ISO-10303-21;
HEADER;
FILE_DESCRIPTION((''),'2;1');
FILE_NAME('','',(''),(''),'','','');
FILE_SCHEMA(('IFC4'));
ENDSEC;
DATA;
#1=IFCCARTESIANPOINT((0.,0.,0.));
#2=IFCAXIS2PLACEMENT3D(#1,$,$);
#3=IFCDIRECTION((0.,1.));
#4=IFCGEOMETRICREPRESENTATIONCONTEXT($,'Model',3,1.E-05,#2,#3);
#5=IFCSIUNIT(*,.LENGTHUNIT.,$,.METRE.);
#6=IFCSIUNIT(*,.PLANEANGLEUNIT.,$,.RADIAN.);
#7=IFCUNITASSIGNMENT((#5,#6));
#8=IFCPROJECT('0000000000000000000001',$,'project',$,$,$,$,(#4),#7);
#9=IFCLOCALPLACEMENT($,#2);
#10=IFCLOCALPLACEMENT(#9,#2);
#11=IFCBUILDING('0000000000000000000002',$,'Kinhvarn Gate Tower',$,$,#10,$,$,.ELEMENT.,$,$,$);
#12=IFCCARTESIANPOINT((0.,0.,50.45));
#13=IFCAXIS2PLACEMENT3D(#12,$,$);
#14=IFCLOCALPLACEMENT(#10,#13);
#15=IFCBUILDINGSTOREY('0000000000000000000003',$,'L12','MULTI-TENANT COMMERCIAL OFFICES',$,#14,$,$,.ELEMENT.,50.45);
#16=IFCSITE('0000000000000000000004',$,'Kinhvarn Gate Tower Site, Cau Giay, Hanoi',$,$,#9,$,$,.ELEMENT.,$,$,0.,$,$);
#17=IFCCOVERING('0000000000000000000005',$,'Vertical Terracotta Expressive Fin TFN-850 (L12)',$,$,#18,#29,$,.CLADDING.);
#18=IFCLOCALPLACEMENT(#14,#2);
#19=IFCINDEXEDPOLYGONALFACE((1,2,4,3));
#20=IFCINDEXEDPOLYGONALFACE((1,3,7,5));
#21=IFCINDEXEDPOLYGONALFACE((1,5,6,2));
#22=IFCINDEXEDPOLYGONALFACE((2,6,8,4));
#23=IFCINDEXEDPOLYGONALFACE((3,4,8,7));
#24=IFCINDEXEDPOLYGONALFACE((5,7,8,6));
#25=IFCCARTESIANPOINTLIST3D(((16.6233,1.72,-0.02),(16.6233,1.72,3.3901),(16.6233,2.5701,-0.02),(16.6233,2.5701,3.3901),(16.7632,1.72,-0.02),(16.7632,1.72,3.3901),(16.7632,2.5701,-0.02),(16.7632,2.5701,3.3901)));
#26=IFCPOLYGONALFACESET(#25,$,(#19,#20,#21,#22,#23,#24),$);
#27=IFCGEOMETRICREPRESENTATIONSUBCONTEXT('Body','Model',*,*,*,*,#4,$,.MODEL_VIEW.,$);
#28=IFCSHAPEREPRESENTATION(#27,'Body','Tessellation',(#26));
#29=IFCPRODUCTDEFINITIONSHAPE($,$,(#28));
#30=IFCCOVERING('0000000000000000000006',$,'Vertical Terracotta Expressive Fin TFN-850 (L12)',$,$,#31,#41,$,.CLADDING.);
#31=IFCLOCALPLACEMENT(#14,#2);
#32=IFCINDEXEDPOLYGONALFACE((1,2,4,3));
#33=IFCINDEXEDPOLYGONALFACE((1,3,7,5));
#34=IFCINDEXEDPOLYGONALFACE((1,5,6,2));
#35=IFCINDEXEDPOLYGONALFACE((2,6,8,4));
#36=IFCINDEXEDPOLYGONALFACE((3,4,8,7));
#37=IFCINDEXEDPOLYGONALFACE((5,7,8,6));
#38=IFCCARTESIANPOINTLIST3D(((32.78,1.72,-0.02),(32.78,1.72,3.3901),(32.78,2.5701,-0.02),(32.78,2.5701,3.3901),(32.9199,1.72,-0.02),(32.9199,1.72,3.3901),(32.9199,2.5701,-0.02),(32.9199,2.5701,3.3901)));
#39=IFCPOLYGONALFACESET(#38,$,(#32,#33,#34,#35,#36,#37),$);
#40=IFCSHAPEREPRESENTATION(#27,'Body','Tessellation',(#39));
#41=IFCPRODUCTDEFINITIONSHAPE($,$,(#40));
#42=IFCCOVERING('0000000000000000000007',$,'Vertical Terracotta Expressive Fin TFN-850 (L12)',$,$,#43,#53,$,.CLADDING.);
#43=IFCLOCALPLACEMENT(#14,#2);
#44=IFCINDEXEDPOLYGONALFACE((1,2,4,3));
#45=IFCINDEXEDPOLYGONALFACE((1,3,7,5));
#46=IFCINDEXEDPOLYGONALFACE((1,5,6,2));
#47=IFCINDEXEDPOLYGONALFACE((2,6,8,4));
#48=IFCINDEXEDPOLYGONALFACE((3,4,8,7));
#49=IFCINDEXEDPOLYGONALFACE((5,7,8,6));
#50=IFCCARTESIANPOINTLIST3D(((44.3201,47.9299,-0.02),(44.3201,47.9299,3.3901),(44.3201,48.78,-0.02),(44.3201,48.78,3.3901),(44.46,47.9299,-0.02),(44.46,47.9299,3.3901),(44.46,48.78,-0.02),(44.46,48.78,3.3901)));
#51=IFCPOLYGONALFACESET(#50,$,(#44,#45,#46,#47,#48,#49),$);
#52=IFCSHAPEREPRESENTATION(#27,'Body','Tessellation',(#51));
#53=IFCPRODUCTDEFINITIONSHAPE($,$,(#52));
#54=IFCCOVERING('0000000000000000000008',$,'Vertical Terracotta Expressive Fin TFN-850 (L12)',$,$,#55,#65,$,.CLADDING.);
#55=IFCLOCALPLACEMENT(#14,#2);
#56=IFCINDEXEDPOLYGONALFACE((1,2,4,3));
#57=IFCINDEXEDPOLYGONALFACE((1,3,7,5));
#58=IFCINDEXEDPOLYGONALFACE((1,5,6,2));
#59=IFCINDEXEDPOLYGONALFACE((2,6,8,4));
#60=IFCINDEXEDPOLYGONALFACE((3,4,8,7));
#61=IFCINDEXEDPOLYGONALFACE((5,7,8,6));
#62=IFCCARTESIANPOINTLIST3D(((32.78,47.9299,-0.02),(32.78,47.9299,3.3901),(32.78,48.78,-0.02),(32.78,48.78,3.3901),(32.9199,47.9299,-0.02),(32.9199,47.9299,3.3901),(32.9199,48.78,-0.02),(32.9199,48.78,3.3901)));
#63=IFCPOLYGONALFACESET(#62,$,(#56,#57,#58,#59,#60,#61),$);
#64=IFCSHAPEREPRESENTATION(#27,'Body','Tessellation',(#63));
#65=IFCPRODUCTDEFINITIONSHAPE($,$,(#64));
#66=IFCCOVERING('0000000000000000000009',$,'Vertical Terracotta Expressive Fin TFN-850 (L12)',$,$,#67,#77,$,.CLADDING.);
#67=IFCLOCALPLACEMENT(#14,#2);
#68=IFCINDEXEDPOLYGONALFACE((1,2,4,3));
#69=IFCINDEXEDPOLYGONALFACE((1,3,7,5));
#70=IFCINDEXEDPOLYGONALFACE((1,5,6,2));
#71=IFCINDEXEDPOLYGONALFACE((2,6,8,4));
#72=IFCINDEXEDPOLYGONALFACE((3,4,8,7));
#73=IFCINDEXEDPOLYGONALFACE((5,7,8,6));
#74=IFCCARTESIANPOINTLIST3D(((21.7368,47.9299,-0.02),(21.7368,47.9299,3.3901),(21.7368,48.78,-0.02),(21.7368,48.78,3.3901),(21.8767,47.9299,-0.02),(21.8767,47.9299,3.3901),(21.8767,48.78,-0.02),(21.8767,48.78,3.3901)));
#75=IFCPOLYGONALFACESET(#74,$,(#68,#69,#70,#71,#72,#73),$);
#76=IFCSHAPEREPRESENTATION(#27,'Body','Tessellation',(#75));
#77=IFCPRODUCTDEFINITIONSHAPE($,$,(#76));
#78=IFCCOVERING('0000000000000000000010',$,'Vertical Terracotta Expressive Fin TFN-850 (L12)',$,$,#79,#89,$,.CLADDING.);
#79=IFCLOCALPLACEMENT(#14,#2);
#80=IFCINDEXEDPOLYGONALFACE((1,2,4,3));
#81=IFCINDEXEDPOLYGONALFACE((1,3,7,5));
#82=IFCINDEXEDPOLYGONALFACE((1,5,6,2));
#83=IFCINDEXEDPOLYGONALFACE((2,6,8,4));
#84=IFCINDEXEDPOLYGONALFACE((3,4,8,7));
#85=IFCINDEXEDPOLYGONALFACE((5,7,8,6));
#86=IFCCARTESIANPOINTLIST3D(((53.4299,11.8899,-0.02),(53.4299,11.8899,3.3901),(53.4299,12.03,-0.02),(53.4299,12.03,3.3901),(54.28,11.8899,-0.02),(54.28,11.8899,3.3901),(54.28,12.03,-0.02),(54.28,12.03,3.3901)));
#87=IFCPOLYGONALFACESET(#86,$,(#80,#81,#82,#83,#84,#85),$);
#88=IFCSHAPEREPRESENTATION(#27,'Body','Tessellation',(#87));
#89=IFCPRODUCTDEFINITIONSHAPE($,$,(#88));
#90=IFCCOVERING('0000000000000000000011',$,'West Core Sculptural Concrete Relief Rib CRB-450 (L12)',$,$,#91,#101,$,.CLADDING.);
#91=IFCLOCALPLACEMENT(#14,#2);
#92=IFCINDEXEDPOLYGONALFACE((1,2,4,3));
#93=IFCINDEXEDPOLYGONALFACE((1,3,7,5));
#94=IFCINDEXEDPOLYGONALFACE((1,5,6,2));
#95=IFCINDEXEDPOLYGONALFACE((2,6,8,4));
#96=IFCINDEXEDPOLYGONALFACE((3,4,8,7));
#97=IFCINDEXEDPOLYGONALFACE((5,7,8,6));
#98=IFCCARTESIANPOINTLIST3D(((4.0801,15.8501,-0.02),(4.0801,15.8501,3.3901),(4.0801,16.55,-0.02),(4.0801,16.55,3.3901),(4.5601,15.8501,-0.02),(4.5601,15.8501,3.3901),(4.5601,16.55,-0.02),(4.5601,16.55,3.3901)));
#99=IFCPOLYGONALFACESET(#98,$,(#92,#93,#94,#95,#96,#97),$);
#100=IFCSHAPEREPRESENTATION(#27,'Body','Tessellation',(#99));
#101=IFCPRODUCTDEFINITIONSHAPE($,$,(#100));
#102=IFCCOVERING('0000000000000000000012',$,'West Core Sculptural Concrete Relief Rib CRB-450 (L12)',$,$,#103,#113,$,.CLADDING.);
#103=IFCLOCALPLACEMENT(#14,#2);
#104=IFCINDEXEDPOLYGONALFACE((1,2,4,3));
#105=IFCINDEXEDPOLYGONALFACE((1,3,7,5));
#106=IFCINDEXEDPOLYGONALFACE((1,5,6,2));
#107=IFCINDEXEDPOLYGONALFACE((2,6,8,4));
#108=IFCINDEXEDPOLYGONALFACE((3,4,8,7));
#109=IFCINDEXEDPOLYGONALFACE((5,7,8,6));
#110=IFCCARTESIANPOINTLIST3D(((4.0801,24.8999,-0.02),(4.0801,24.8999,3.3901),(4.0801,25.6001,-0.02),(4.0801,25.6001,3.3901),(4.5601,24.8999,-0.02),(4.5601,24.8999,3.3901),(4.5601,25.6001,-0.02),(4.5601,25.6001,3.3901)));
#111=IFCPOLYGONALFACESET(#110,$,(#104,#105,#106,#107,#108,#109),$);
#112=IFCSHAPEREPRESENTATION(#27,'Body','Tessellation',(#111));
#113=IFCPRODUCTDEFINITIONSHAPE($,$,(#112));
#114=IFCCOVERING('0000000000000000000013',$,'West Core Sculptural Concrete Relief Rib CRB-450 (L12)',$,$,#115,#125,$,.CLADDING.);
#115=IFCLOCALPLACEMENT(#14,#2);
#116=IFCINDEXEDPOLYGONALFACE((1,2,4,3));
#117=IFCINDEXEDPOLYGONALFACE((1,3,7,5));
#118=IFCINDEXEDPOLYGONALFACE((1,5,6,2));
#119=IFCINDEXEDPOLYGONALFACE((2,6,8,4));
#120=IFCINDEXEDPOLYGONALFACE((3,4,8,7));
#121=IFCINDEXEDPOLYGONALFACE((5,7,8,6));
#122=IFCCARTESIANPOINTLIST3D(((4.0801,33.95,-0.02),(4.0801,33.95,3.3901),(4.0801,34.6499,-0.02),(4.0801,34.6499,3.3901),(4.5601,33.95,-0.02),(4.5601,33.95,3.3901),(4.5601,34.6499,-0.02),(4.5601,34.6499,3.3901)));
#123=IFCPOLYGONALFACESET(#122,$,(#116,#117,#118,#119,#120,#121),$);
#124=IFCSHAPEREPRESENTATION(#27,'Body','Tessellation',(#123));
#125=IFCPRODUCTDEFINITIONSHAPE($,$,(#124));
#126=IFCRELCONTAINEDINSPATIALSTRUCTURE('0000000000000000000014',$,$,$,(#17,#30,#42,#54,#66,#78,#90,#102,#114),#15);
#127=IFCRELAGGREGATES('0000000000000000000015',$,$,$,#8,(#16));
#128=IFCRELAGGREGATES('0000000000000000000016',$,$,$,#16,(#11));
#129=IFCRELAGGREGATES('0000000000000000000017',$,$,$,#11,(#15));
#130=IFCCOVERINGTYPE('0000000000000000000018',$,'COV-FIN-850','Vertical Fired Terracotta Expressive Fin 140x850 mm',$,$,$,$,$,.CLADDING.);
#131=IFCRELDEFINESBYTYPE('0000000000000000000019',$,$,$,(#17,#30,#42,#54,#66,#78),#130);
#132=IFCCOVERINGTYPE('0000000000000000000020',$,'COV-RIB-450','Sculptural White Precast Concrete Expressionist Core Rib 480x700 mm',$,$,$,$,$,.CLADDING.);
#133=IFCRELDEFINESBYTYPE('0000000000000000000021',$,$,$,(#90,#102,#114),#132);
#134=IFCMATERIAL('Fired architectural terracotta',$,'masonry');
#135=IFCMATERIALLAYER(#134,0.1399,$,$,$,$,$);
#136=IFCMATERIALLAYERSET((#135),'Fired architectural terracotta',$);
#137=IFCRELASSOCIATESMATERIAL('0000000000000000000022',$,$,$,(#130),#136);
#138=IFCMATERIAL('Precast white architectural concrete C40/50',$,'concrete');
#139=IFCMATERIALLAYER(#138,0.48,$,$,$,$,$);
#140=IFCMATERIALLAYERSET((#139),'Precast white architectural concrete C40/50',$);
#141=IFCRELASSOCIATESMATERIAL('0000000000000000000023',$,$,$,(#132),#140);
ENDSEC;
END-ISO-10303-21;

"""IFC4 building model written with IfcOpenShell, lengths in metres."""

from ifc_helpers import new_model, si_unit, direction, frame, origin, place, context, subcontext, project, spatial, polyline, outline, extrude, material, layer, layer_set, type_object, element, save


model = new_model("IFC4")

# Units and contexts
model_context = context("Model", 3, precision=1e-05, world=origin(), true_north=direction((0.0, 1.0)))
body_context = subcontext(model_context, "Body", "Model", "MODEL_VIEW")
ifc_project = project(units=[si_unit("LENGTHUNIT", "METRE"), si_unit("PLANEANGLEUNIT", "RADIAN")], contexts=[model_context])

# Site, building, storey
site_placement = place(None, origin())
site = spatial("IfcSite", under=ifc_project, at=site_placement, Name="Kinhvarn Gate Tower Site, Cau Giay, Hanoi", CompositionType="ELEMENT", RefElevation=0.0)
building_placement = place(site_placement, origin())
building = spatial("IfcBuilding", under=site, at=building_placement, Name="Kinhvarn Gate Tower", CompositionType="ELEMENT")
storey_placement = place(building_placement, frame((0.0, 0.0, 50.45)))
storey = spatial("IfcBuildingStorey", under=building, at=storey_placement, Name="L12", Description="MULTI-TENANT COMMERCIAL OFFICES", CompositionType="ELEMENT", Elevation=50.45)

# Shared definitions
ifc_material_1 = material(Name="Precast white architectural concrete C40/50", Category="concrete")

# Coverings
ifc_material_2 = material(Name="Fired architectural terracotta", Category="masonry")
ifc_layer_1 = layer(ifc_material_2, 0.1399)
ifc_layer_set_1 = layer_set([ifc_layer_1], Name="Fired architectural terracotta")
covering_type_1 = type_object("IfcCoveringType", Name="COV-FIN-850", Description="Vertical Fired Terracotta Expressive Fin 140x850 mm", PredefinedType="CLADDING", material=ifc_layer_set_1)
covering_1_placement = place(storey_placement, frame((0.0, 0.0, -0.02)))
element("IfcCovering", 1, at=covering_1_placement, inside=storey, type_object=covering_type_1, Name="Vertical Terracotta Expressive Fin TFN-850 (L12)", PredefinedType="CLADDING", context=body_context, shape_type="SweptSolid", body=[
    extrude(outline(polyline([(16.6233, 2.5701), (16.7632, 2.5701), (16.7632, 1.72), (16.6233, 1.72), (16.6233, 2.5701)])), origin(), (0.0, 0.0, 1.0), 3.4102),
])
covering_2_placement = place(storey_placement, frame((0.0, 0.0, -0.02)))
element("IfcCovering", 2, at=covering_2_placement, inside=storey, type_object=covering_type_1, Name="Vertical Terracotta Expressive Fin TFN-850 (L12)", PredefinedType="CLADDING", context=body_context, shape_type="SweptSolid", body=[
    extrude(outline(polyline([(32.78, 2.5701), (32.9199, 2.5701), (32.9199, 1.72), (32.78, 1.72), (32.78, 2.5701)])), origin(), (0.0, 0.0, 1.0), 3.4102),
])
covering_3_placement = place(storey_placement, frame((0.0, 0.0, -0.02)))
element("IfcCovering", 3, at=covering_3_placement, inside=storey, type_object=covering_type_1, Name="Vertical Terracotta Expressive Fin TFN-850 (L12)", PredefinedType="CLADDING", context=body_context, shape_type="SweptSolid", body=[
    extrude(outline(polyline([(44.46, 47.9299), (44.3201, 47.9299), (44.3201, 48.78), (44.46, 48.78), (44.46, 47.9299)])), origin(), (0.0, 0.0, 1.0), 3.4102),
])
covering_4_placement = place(storey_placement, frame((0.0, 0.0, -0.02)))
element("IfcCovering", 4, at=covering_4_placement, inside=storey, type_object=covering_type_1, Name="Vertical Terracotta Expressive Fin TFN-850 (L12)", PredefinedType="CLADDING", context=body_context, shape_type="SweptSolid", body=[
    extrude(outline(polyline([(32.9199, 47.9299), (32.78, 47.9299), (32.78, 48.78), (32.9199, 48.78), (32.9199, 47.9299)])), origin(), (0.0, 0.0, 1.0), 3.4102),
])
covering_5_placement = place(storey_placement, frame((0.0, 0.0, -0.02)))
element("IfcCovering", 5, at=covering_5_placement, inside=storey, type_object=covering_type_1, Name="Vertical Terracotta Expressive Fin TFN-850 (L12)", PredefinedType="CLADDING", context=body_context, shape_type="SweptSolid", body=[
    extrude(outline(polyline([(21.8767, 47.9299), (21.7368, 47.9299), (21.7368, 48.78), (21.8767, 48.78), (21.8767, 47.9299)])), origin(), (0.0, 0.0, 1.0), 3.4102),
])
covering_6_placement = place(storey_placement, frame((0.0, 0.0, -0.02)))
element("IfcCovering", 6, at=covering_6_placement, inside=storey, type_object=covering_type_1, Name="Vertical Terracotta Expressive Fin TFN-850 (L12)", PredefinedType="CLADDING", context=body_context, shape_type="SweptSolid", body=[
    extrude(outline(polyline([(53.4299, 11.8899), (53.4299, 12.03), (54.28, 12.03), (54.28, 11.8899), (53.4299, 11.8899)])), origin(), (0.0, 0.0, 1.0), 3.4102),
])
ifc_layer_2 = layer(ifc_material_1, 0.48)
ifc_layer_set_2 = layer_set([ifc_layer_2], Name="Precast white architectural concrete C40/50")
covering_type_2 = type_object("IfcCoveringType", Name="COV-RIB-450", Description="Sculptural White Precast Concrete Expressionist Core Rib 480x700 mm", PredefinedType="CLADDING", material=ifc_layer_set_2)
covering_7_placement = place(storey_placement, frame((0.0, 0.0, -0.02)))
element("IfcCovering", 7, at=covering_7_placement, inside=storey, type_object=covering_type_2, Name="West Core Sculptural Concrete Relief Rib CRB-450 (L12)", PredefinedType="CLADDING", context=body_context, shape_type="SweptSolid", body=[
    extrude(outline(polyline([(4.0801, 15.8501), (4.5601, 15.8501), (4.5601, 16.55), (4.0801, 16.55), (4.0801, 15.8501)])), origin(), (0.0, 0.0, 1.0), 3.4102),
])
covering_8_placement = place(storey_placement, frame((0.0, 0.0, -0.02)))
element("IfcCovering", 8, at=covering_8_placement, inside=storey, type_object=covering_type_2, Name="West Core Sculptural Concrete Relief Rib CRB-450 (L12)", PredefinedType="CLADDING", context=body_context, shape_type="SweptSolid", body=[
    extrude(outline(polyline([(4.0801, 24.8999), (4.5601, 24.8999), (4.5601, 25.6001), (4.0801, 25.6001), (4.0801, 24.8999)])), origin(), (0.0, 0.0, 1.0), 3.4102),
])
covering_9_placement = place(storey_placement, frame((0.0, 0.0, -0.02)))
element("IfcCovering", 9, at=covering_9_placement, inside=storey, type_object=covering_type_2, Name="West Core Sculptural Concrete Relief Rib CRB-450 (L12)", PredefinedType="CLADDING", context=body_context, shape_type="SweptSolid", body=[
    extrude(outline(polyline([(4.0801, 33.95), (4.5601, 33.95), (4.5601, 34.6499), (4.0801, 34.6499), (4.0801, 33.95)])), origin(), (0.0, 0.0, 1.0), 3.4102),
])

save(model, "model.ifc")
